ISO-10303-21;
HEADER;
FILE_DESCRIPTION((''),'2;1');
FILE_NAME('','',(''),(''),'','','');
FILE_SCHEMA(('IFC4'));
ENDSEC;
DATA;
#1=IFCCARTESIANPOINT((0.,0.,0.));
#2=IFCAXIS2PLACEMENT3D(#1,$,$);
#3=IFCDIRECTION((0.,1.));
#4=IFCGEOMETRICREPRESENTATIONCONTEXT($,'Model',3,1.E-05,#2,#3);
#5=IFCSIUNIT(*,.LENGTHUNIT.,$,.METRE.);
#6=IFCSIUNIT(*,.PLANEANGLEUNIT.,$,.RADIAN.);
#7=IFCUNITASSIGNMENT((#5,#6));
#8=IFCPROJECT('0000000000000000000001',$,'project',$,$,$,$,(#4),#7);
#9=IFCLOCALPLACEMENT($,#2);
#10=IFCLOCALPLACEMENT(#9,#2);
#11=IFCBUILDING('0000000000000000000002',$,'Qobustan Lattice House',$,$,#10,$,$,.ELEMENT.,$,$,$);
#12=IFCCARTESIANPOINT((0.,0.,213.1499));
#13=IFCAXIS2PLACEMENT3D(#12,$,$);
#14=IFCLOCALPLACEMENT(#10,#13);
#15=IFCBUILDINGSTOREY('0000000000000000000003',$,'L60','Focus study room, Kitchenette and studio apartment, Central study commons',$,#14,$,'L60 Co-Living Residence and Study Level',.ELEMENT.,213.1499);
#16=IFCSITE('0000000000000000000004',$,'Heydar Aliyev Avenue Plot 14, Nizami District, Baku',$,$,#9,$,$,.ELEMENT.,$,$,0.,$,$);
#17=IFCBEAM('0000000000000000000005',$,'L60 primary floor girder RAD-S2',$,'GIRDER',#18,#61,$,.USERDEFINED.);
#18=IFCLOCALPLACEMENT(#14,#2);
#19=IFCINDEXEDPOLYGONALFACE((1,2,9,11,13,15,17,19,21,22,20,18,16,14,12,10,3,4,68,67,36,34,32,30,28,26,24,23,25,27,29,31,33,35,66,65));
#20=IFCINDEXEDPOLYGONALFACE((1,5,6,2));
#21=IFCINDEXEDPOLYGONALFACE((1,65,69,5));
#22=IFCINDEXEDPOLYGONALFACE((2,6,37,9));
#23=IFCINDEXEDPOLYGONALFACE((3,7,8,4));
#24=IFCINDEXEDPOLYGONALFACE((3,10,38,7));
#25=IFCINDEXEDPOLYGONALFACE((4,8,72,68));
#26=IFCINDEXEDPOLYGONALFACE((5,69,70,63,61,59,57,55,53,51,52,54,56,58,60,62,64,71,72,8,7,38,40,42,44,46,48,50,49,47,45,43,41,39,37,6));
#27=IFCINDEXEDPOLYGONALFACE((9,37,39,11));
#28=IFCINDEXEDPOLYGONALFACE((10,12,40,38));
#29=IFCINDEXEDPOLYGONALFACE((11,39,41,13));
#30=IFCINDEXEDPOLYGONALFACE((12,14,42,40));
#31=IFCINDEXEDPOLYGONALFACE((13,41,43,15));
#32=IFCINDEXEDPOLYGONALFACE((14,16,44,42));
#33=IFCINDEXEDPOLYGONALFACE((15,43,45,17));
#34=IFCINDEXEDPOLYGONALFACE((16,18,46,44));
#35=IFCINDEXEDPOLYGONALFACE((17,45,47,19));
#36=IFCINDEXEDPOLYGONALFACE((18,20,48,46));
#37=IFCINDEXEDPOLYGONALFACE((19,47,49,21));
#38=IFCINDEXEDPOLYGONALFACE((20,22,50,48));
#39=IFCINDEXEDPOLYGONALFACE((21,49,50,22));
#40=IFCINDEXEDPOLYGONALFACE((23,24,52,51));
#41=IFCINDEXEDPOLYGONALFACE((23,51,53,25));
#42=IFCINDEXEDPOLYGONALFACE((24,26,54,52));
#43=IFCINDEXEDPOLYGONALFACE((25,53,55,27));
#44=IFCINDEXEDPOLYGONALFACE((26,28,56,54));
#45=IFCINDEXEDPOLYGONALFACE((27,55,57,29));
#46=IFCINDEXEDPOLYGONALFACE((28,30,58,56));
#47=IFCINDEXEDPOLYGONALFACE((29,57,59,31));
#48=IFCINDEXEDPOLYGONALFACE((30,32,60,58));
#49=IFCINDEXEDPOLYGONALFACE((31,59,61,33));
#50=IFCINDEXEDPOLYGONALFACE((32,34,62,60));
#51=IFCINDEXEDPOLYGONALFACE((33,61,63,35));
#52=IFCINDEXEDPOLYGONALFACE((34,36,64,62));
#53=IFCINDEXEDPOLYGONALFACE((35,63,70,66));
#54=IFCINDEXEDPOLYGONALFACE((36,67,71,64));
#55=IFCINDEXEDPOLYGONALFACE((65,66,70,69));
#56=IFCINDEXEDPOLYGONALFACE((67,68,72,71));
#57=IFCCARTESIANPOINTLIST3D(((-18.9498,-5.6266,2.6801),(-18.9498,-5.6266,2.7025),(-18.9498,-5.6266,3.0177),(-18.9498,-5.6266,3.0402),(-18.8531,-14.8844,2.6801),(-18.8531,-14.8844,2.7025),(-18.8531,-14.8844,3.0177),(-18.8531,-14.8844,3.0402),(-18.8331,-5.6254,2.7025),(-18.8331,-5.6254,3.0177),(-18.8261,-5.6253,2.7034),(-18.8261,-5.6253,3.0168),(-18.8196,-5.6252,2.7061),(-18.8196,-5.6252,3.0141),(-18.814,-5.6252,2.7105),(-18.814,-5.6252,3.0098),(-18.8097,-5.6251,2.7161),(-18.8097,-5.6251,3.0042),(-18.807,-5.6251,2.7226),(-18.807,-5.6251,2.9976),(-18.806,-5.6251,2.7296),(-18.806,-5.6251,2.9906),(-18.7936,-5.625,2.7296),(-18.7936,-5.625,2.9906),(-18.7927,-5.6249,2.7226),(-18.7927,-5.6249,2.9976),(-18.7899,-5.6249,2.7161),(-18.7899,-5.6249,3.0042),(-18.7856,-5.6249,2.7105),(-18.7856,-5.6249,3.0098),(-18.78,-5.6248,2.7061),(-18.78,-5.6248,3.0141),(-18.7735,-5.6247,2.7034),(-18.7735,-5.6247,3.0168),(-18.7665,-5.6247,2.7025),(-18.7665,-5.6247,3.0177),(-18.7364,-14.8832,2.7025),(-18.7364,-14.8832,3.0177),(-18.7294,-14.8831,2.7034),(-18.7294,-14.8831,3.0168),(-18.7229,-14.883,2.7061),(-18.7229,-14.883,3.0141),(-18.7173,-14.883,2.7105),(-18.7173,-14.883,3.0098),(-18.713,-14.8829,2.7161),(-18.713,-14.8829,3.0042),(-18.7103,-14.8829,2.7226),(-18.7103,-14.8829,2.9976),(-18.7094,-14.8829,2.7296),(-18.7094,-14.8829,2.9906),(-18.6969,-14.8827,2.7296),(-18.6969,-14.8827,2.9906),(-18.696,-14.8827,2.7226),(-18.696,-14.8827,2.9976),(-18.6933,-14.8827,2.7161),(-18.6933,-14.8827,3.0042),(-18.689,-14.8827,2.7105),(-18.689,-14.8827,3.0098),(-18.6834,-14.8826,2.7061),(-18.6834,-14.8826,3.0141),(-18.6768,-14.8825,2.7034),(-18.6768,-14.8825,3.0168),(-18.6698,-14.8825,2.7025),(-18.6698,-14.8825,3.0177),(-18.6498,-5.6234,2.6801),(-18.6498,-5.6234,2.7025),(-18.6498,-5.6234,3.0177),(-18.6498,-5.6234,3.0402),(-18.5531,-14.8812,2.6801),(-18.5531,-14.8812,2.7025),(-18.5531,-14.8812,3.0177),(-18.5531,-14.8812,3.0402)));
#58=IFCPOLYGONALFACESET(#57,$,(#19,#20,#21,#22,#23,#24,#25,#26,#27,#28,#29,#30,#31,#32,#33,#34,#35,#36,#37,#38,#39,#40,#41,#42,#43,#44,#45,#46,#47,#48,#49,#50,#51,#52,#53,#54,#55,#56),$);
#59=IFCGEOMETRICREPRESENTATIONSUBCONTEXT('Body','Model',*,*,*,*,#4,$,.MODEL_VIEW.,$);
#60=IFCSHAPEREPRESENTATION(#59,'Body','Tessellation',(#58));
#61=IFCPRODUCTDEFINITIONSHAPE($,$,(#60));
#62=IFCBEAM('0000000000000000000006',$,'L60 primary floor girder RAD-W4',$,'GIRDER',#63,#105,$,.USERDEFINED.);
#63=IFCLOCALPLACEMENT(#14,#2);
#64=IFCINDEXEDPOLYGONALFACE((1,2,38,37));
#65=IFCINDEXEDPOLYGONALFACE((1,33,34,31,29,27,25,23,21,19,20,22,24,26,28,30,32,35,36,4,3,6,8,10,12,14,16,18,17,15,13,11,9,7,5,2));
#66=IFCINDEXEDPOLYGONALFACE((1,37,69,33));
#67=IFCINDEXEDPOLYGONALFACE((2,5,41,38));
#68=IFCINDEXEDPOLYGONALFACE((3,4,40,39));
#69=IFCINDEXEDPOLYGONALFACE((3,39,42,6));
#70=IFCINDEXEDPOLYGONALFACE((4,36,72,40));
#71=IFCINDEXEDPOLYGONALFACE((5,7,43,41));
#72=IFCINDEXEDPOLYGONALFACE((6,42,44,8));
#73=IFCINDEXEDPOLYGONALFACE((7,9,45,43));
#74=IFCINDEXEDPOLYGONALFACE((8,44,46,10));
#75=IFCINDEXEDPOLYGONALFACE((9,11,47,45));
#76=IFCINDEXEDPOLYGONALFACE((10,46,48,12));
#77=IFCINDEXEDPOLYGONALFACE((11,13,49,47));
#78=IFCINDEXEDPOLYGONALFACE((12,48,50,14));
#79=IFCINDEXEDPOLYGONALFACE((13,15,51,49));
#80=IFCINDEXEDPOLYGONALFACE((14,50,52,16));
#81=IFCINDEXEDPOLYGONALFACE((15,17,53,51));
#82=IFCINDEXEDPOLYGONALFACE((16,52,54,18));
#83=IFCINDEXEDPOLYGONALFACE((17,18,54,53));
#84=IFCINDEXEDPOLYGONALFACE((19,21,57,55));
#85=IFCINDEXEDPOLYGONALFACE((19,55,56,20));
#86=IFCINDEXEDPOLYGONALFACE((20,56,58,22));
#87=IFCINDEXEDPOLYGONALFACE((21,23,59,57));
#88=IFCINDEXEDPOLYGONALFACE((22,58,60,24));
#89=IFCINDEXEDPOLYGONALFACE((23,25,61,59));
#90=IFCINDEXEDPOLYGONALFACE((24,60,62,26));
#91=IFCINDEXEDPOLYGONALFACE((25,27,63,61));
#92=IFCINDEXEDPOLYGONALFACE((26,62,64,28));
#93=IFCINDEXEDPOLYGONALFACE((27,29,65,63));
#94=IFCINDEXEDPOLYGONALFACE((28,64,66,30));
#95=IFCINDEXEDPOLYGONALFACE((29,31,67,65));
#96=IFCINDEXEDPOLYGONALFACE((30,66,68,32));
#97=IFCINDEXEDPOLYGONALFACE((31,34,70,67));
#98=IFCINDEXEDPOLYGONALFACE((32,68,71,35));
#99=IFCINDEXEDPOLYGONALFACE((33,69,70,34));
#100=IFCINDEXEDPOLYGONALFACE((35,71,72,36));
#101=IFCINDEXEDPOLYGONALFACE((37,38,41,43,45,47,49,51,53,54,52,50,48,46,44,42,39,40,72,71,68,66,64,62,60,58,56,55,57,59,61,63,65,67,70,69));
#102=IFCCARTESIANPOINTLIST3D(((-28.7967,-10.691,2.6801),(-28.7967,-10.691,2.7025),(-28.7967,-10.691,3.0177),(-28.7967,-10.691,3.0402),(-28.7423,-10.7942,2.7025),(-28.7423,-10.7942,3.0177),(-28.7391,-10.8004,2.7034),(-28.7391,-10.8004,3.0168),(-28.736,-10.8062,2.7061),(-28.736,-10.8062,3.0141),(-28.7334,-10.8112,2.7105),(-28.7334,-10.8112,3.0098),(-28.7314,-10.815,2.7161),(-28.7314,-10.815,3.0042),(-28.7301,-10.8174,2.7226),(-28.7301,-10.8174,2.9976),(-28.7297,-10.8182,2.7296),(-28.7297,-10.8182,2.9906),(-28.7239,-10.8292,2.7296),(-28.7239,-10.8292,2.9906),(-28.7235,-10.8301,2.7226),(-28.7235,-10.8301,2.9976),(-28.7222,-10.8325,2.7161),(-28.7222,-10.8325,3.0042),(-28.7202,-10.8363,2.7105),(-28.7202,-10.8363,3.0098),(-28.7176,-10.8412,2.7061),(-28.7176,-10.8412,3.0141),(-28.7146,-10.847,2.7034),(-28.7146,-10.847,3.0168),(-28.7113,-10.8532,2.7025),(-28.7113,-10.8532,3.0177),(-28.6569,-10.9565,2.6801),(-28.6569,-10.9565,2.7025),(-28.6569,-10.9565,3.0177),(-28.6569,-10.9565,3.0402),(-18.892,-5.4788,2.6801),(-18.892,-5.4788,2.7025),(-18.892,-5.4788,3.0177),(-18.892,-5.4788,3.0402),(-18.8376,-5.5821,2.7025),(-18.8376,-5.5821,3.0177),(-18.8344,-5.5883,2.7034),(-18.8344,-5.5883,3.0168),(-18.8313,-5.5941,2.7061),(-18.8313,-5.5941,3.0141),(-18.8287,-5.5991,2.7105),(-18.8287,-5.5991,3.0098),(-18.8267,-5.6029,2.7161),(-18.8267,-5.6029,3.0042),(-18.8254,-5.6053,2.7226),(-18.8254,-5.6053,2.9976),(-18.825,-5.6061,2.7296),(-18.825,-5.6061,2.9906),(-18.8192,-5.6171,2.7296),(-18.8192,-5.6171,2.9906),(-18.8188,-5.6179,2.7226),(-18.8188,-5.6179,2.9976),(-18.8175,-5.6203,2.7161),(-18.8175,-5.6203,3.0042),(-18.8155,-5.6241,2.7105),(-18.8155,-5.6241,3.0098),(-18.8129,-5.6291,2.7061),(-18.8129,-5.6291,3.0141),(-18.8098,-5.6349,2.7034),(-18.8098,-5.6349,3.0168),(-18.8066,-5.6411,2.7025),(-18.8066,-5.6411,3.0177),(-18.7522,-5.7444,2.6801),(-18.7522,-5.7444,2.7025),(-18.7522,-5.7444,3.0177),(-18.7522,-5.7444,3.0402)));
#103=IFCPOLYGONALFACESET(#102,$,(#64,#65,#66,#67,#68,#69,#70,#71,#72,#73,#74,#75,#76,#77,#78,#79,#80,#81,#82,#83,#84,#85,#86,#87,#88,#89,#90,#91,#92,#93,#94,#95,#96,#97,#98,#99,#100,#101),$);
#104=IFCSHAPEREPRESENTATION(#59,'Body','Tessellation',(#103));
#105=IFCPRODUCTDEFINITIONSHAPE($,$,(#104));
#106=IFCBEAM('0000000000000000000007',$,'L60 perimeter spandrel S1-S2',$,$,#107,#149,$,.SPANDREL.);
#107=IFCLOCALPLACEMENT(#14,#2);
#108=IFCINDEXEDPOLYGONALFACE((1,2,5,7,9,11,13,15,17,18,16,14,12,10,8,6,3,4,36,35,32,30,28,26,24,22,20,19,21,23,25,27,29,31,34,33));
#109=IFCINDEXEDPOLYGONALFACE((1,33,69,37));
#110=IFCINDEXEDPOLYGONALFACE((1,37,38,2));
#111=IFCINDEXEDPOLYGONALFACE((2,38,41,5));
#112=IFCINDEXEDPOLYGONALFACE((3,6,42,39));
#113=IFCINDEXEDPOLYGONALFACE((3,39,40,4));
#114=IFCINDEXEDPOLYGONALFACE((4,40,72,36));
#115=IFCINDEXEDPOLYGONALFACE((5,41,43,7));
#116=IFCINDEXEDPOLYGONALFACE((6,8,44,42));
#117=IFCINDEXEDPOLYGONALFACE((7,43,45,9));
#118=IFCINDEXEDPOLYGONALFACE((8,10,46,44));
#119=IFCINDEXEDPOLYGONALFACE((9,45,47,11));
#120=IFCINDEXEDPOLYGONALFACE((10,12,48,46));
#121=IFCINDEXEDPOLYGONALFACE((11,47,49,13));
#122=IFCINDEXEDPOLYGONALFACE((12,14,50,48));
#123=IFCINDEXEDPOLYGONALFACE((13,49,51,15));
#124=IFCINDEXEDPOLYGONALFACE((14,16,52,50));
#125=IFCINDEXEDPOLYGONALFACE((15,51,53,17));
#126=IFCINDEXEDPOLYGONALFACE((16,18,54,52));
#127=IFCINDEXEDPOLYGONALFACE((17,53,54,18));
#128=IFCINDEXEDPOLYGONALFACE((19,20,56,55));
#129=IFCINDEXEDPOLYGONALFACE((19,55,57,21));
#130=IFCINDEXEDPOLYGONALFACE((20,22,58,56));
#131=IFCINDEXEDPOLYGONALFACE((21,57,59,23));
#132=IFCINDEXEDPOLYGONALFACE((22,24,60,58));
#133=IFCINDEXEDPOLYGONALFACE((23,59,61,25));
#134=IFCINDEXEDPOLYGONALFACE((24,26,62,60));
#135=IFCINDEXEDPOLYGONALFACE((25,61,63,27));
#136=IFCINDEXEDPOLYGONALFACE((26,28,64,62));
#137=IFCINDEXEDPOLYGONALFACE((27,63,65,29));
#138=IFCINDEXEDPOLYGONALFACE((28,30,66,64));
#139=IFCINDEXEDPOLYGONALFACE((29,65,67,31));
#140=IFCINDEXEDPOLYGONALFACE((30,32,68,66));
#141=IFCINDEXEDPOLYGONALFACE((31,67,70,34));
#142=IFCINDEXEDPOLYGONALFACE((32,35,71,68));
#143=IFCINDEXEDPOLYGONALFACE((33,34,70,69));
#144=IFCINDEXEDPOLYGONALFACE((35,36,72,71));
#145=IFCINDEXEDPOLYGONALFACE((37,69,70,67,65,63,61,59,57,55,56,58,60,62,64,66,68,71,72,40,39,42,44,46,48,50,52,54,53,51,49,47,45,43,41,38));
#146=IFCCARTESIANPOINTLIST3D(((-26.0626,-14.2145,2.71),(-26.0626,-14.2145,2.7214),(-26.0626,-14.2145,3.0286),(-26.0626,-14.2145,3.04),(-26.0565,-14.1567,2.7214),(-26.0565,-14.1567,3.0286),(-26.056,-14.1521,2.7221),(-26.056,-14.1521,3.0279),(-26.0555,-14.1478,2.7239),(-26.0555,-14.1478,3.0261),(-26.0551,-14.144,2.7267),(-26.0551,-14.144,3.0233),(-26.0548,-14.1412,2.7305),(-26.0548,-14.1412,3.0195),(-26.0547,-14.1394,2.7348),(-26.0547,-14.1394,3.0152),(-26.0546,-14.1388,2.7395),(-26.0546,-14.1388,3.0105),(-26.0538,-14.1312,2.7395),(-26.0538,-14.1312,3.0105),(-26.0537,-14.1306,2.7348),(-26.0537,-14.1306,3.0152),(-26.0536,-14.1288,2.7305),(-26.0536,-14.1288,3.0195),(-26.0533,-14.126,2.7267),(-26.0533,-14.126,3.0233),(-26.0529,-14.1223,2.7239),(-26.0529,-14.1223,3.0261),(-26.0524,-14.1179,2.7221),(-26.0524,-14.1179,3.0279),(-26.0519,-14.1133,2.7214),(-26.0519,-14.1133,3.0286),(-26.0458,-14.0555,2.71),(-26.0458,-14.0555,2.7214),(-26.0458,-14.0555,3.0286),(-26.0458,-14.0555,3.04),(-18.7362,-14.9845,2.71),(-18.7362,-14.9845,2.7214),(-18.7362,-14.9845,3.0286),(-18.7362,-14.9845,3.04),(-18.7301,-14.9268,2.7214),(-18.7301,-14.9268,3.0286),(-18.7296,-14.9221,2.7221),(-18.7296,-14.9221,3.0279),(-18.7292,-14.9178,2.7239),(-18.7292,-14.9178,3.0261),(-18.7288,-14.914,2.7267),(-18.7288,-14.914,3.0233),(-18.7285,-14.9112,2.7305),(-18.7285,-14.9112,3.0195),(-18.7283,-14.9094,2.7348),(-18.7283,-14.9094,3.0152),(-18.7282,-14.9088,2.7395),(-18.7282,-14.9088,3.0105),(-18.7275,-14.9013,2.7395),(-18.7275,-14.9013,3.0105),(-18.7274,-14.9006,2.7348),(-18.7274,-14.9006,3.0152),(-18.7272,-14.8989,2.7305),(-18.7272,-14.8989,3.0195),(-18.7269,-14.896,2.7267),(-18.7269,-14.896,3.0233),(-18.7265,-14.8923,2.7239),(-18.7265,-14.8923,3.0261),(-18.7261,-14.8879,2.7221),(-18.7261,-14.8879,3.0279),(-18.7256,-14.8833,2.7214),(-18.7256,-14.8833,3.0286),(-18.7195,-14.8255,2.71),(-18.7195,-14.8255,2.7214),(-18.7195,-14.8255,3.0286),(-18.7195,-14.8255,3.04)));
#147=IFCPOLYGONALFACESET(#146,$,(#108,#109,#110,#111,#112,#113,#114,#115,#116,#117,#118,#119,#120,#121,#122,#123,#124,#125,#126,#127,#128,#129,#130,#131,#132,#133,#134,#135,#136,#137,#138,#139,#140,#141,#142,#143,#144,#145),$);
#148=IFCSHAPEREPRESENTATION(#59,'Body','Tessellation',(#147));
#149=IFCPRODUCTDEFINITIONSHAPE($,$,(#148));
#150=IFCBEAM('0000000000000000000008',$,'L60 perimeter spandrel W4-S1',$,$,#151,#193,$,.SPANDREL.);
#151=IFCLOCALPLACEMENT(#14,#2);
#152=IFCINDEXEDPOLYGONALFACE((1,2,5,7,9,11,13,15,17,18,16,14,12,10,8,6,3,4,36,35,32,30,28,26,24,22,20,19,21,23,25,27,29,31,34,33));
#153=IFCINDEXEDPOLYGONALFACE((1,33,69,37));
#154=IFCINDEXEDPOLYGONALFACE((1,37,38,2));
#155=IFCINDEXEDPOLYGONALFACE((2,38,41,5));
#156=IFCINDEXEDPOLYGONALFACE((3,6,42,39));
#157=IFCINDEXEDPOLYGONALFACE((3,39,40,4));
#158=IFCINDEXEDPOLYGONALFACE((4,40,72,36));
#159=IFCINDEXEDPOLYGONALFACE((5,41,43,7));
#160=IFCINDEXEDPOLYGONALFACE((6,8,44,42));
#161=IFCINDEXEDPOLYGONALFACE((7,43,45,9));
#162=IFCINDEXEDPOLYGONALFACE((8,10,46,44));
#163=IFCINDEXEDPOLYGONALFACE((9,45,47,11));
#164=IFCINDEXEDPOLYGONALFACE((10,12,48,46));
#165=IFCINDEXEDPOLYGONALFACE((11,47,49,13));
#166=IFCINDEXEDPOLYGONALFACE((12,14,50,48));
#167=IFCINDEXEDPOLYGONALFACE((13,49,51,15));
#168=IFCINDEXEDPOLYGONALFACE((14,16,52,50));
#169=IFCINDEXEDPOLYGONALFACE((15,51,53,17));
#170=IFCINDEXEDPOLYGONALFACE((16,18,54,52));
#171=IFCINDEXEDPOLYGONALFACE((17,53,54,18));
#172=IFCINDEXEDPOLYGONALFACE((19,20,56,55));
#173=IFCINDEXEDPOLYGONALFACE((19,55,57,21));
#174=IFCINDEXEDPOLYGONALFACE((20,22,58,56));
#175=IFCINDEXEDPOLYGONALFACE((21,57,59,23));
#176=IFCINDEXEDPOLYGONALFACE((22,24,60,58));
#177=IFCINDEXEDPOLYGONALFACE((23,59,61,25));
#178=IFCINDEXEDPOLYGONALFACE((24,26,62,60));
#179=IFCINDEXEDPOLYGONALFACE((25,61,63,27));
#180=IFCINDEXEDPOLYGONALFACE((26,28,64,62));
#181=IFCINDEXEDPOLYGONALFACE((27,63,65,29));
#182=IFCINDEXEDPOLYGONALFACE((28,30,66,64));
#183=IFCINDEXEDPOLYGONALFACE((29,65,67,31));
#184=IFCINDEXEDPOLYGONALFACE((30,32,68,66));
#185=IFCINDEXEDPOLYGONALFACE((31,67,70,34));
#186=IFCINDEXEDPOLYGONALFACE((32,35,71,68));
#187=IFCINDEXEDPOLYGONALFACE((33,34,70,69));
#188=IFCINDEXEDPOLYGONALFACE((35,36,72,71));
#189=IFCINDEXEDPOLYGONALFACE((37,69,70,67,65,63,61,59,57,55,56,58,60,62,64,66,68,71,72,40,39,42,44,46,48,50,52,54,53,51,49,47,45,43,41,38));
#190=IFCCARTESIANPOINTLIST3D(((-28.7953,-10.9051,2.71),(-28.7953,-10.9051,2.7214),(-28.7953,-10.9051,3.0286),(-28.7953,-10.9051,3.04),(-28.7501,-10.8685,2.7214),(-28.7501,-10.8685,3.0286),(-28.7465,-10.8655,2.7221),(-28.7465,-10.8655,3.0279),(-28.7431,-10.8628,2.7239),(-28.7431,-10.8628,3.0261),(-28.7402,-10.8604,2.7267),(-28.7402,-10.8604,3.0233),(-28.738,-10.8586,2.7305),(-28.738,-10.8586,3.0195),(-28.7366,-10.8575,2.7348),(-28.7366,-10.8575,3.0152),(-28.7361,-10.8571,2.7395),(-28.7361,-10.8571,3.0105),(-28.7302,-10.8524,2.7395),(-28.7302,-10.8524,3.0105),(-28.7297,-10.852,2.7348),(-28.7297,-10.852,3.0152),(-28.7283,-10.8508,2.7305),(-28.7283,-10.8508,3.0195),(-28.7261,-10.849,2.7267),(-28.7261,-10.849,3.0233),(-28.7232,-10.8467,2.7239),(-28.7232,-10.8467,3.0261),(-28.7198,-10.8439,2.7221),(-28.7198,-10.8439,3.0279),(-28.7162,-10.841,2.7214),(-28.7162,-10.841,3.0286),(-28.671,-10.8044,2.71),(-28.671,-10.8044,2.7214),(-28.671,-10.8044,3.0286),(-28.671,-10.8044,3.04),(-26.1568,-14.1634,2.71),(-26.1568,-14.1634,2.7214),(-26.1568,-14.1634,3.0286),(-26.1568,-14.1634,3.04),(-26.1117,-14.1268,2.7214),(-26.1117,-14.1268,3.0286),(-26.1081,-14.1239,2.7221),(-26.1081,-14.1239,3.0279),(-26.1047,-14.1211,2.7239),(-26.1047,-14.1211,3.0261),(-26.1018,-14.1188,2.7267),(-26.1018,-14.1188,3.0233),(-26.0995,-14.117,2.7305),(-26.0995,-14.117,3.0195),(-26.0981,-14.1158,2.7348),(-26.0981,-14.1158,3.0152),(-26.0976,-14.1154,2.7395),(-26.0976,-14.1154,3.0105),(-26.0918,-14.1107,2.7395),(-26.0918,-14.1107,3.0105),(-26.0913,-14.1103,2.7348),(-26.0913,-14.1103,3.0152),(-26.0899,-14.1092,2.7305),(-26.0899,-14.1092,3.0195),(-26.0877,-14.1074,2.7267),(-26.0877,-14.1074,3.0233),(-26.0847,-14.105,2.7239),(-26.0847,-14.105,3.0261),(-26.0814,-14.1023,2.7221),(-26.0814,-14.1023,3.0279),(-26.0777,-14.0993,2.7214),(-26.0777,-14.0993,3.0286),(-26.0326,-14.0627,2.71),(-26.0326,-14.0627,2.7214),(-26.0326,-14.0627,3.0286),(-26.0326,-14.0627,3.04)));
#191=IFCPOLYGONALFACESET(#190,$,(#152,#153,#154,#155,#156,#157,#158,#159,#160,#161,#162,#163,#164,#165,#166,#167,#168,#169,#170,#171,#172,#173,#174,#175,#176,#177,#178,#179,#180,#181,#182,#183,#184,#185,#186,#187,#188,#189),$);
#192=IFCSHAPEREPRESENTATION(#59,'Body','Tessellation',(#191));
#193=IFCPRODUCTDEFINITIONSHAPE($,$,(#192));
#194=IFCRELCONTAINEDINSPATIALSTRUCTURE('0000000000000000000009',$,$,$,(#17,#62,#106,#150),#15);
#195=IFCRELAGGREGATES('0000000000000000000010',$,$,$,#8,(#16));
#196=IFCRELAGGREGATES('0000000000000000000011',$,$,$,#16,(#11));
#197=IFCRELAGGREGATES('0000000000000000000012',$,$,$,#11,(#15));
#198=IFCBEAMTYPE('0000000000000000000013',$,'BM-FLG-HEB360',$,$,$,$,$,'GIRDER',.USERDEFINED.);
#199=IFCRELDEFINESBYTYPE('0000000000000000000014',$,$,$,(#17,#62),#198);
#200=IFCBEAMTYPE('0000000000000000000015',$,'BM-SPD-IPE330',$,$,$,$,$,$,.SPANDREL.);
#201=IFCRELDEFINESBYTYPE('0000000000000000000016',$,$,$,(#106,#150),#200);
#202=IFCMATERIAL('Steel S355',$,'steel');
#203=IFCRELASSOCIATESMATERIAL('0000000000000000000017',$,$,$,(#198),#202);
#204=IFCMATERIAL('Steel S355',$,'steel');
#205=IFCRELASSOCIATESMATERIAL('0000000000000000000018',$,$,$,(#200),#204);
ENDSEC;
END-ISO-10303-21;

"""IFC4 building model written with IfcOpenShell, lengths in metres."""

from ifc_helpers import new_model, si_unit, direction, frame, origin, origin_2d, place, context, subcontext, project, spatial, i_section, extrude, material, material_profile, profile_set, type_object, element, save


model = new_model("IFC4")

# Units and contexts
model_context = context("Model", 3, precision=1e-05, world=origin(), true_north=direction((0.0, 1.0)))
body_context = subcontext(model_context, "Body", "Model", "MODEL_VIEW")
ifc_project = project(units=[si_unit("LENGTHUNIT", "METRE"), si_unit("PLANEANGLEUNIT", "RADIAN")], contexts=[model_context])

# Site, building, storey
site_placement = place(None, origin())
site = spatial("IfcSite", under=ifc_project, at=site_placement, Name="Heydar Aliyev Avenue Plot 14, Nizami District, Baku", CompositionType="ELEMENT", RefElevation=0.0)
building_placement = place(site_placement, origin())
building = spatial("IfcBuilding", under=site, at=building_placement, Name="Qobustan Lattice House", CompositionType="ELEMENT")
storey_placement = place(building_placement, frame((0.0, 0.0, 213.1499)))
storey = spatial("IfcBuildingStorey", under=building, at=storey_placement, Name="L60", Description="Focus study room, Kitchenette and studio apartment, Central study commons", LongName="L60 Co-Living Residence and Study Level", CompositionType="ELEMENT", Elevation=213.1499)

# Beams
ifc_material_1 = material(Name="Steel S355", Category="steel")
ifc_material_profile_1 = material_profile(ifc_material_1, i_section(OverallWidth=0.3, OverallDepth=0.3601, WebThickness=0.0125, FlangeThickness=0.0225, FilletRadius=0.0271, at=origin_2d()), Name="HEB360")
ifc_profile_set_1 = profile_set([ifc_material_profile_1], Name="Steel S355")
beam_type_1 = type_object("IfcBeamType", Name="BM-FLG-HEB360", ElementType="GIRDER", PredefinedType="USERDEFINED", material=ifc_profile_set_1)
beam_1_placement = place(storey_placement, frame((-18.7031, -14.8828, 2.8601), z_axis=(-0.010442, 0.999945, 0.0), x_axis=(-0.999945, -0.010442, 0.0)))
element("IfcBeam", 1, at=beam_1_placement, inside=storey, type_object=beam_type_1, Name="L60 primary floor girder RAD-S2", ObjectType="GIRDER", PredefinedType="USERDEFINED", context=body_context, shape_type="SweptSolid", body=[
    extrude(i_section(OverallWidth=0.3, OverallDepth=0.3601, WebThickness=0.0125, FlangeThickness=0.0225, FilletRadius=0.0271, at=origin_2d()), origin(), (0.0, 0.0, 1.0), 9.2583),
])
beam_2_placement = place(storey_placement, frame((-28.7268, -10.8237, 2.8601), z_axis=(0.884951, 0.465684, 0.0), x_axis=(-0.465684, 0.884951, 0.0)))
element("IfcBeam", 2, at=beam_2_placement, inside=storey, type_object=beam_type_1, Name="L60 primary floor girder RAD-W4", ObjectType="GIRDER", PredefinedType="USERDEFINED", context=body_context, shape_type="SweptSolid", body=[
    extrude(i_section(OverallWidth=0.3, OverallDepth=0.3601, WebThickness=0.0125, FlangeThickness=0.0225, FilletRadius=0.0271, at=origin_2d()), origin(), (0.0, 0.0, 1.0), 11.1924),
])
ifc_material_2 = material(Name="Steel S355", Category="steel")
ifc_material_profile_2 = material_profile(ifc_material_2, i_section(OverallWidth=0.1599, OverallDepth=0.3301, WebThickness=0.0076, FlangeThickness=0.0115, FilletRadius=0.0181, at=origin_2d()), Name="IPE330")
ifc_profile_set_2 = profile_set([ifc_material_profile_2], Name="Steel S355")
beam_type_2 = type_object("IfcBeamType", Name="BM-SPD-IPE330", PredefinedType="SPANDREL", material=ifc_profile_set_2)
beam_3_placement = place(storey_placement, frame((-26.0542, -14.135, 2.875), z_axis=(0.994522, -0.104526, 0.0), x_axis=(0.104526, 0.994522, 0.0)))
element("IfcBeam", 3, at=beam_3_placement, inside=storey, type_object=beam_type_2, Name="L60 perimeter spandrel S1-S2", PredefinedType="SPANDREL", context=body_context, shape_type="SweptSolid", body=[
    extrude(i_section(OverallWidth=0.1599, OverallDepth=0.3301, WebThickness=0.0076, FlangeThickness=0.0115, FilletRadius=0.0181, at=origin_2d()), origin(), (0.0, 0.0, 1.0), 7.3667),
])
beam_4_placement = place(storey_placement, frame((-28.7332, -10.8547, 2.875), z_axis=(0.629307, -0.777157, 0.0), x_axis=(0.777157, 0.629307, 0.0)))
element("IfcBeam", 4, at=beam_4_placement, inside=storey, type_object=beam_type_2, Name="L60 perimeter spandrel W4-S1", PredefinedType="SPANDREL", context=body_context, shape_type="SweptSolid", body=[
    extrude(i_section(OverallWidth=0.1599, OverallDepth=0.3301, WebThickness=0.0076, FlangeThickness=0.0115, FilletRadius=0.0181, at=origin_2d()), origin(), (0.0, 0.0, 1.0), 4.1926),
])

save(model, "model.ifc")
